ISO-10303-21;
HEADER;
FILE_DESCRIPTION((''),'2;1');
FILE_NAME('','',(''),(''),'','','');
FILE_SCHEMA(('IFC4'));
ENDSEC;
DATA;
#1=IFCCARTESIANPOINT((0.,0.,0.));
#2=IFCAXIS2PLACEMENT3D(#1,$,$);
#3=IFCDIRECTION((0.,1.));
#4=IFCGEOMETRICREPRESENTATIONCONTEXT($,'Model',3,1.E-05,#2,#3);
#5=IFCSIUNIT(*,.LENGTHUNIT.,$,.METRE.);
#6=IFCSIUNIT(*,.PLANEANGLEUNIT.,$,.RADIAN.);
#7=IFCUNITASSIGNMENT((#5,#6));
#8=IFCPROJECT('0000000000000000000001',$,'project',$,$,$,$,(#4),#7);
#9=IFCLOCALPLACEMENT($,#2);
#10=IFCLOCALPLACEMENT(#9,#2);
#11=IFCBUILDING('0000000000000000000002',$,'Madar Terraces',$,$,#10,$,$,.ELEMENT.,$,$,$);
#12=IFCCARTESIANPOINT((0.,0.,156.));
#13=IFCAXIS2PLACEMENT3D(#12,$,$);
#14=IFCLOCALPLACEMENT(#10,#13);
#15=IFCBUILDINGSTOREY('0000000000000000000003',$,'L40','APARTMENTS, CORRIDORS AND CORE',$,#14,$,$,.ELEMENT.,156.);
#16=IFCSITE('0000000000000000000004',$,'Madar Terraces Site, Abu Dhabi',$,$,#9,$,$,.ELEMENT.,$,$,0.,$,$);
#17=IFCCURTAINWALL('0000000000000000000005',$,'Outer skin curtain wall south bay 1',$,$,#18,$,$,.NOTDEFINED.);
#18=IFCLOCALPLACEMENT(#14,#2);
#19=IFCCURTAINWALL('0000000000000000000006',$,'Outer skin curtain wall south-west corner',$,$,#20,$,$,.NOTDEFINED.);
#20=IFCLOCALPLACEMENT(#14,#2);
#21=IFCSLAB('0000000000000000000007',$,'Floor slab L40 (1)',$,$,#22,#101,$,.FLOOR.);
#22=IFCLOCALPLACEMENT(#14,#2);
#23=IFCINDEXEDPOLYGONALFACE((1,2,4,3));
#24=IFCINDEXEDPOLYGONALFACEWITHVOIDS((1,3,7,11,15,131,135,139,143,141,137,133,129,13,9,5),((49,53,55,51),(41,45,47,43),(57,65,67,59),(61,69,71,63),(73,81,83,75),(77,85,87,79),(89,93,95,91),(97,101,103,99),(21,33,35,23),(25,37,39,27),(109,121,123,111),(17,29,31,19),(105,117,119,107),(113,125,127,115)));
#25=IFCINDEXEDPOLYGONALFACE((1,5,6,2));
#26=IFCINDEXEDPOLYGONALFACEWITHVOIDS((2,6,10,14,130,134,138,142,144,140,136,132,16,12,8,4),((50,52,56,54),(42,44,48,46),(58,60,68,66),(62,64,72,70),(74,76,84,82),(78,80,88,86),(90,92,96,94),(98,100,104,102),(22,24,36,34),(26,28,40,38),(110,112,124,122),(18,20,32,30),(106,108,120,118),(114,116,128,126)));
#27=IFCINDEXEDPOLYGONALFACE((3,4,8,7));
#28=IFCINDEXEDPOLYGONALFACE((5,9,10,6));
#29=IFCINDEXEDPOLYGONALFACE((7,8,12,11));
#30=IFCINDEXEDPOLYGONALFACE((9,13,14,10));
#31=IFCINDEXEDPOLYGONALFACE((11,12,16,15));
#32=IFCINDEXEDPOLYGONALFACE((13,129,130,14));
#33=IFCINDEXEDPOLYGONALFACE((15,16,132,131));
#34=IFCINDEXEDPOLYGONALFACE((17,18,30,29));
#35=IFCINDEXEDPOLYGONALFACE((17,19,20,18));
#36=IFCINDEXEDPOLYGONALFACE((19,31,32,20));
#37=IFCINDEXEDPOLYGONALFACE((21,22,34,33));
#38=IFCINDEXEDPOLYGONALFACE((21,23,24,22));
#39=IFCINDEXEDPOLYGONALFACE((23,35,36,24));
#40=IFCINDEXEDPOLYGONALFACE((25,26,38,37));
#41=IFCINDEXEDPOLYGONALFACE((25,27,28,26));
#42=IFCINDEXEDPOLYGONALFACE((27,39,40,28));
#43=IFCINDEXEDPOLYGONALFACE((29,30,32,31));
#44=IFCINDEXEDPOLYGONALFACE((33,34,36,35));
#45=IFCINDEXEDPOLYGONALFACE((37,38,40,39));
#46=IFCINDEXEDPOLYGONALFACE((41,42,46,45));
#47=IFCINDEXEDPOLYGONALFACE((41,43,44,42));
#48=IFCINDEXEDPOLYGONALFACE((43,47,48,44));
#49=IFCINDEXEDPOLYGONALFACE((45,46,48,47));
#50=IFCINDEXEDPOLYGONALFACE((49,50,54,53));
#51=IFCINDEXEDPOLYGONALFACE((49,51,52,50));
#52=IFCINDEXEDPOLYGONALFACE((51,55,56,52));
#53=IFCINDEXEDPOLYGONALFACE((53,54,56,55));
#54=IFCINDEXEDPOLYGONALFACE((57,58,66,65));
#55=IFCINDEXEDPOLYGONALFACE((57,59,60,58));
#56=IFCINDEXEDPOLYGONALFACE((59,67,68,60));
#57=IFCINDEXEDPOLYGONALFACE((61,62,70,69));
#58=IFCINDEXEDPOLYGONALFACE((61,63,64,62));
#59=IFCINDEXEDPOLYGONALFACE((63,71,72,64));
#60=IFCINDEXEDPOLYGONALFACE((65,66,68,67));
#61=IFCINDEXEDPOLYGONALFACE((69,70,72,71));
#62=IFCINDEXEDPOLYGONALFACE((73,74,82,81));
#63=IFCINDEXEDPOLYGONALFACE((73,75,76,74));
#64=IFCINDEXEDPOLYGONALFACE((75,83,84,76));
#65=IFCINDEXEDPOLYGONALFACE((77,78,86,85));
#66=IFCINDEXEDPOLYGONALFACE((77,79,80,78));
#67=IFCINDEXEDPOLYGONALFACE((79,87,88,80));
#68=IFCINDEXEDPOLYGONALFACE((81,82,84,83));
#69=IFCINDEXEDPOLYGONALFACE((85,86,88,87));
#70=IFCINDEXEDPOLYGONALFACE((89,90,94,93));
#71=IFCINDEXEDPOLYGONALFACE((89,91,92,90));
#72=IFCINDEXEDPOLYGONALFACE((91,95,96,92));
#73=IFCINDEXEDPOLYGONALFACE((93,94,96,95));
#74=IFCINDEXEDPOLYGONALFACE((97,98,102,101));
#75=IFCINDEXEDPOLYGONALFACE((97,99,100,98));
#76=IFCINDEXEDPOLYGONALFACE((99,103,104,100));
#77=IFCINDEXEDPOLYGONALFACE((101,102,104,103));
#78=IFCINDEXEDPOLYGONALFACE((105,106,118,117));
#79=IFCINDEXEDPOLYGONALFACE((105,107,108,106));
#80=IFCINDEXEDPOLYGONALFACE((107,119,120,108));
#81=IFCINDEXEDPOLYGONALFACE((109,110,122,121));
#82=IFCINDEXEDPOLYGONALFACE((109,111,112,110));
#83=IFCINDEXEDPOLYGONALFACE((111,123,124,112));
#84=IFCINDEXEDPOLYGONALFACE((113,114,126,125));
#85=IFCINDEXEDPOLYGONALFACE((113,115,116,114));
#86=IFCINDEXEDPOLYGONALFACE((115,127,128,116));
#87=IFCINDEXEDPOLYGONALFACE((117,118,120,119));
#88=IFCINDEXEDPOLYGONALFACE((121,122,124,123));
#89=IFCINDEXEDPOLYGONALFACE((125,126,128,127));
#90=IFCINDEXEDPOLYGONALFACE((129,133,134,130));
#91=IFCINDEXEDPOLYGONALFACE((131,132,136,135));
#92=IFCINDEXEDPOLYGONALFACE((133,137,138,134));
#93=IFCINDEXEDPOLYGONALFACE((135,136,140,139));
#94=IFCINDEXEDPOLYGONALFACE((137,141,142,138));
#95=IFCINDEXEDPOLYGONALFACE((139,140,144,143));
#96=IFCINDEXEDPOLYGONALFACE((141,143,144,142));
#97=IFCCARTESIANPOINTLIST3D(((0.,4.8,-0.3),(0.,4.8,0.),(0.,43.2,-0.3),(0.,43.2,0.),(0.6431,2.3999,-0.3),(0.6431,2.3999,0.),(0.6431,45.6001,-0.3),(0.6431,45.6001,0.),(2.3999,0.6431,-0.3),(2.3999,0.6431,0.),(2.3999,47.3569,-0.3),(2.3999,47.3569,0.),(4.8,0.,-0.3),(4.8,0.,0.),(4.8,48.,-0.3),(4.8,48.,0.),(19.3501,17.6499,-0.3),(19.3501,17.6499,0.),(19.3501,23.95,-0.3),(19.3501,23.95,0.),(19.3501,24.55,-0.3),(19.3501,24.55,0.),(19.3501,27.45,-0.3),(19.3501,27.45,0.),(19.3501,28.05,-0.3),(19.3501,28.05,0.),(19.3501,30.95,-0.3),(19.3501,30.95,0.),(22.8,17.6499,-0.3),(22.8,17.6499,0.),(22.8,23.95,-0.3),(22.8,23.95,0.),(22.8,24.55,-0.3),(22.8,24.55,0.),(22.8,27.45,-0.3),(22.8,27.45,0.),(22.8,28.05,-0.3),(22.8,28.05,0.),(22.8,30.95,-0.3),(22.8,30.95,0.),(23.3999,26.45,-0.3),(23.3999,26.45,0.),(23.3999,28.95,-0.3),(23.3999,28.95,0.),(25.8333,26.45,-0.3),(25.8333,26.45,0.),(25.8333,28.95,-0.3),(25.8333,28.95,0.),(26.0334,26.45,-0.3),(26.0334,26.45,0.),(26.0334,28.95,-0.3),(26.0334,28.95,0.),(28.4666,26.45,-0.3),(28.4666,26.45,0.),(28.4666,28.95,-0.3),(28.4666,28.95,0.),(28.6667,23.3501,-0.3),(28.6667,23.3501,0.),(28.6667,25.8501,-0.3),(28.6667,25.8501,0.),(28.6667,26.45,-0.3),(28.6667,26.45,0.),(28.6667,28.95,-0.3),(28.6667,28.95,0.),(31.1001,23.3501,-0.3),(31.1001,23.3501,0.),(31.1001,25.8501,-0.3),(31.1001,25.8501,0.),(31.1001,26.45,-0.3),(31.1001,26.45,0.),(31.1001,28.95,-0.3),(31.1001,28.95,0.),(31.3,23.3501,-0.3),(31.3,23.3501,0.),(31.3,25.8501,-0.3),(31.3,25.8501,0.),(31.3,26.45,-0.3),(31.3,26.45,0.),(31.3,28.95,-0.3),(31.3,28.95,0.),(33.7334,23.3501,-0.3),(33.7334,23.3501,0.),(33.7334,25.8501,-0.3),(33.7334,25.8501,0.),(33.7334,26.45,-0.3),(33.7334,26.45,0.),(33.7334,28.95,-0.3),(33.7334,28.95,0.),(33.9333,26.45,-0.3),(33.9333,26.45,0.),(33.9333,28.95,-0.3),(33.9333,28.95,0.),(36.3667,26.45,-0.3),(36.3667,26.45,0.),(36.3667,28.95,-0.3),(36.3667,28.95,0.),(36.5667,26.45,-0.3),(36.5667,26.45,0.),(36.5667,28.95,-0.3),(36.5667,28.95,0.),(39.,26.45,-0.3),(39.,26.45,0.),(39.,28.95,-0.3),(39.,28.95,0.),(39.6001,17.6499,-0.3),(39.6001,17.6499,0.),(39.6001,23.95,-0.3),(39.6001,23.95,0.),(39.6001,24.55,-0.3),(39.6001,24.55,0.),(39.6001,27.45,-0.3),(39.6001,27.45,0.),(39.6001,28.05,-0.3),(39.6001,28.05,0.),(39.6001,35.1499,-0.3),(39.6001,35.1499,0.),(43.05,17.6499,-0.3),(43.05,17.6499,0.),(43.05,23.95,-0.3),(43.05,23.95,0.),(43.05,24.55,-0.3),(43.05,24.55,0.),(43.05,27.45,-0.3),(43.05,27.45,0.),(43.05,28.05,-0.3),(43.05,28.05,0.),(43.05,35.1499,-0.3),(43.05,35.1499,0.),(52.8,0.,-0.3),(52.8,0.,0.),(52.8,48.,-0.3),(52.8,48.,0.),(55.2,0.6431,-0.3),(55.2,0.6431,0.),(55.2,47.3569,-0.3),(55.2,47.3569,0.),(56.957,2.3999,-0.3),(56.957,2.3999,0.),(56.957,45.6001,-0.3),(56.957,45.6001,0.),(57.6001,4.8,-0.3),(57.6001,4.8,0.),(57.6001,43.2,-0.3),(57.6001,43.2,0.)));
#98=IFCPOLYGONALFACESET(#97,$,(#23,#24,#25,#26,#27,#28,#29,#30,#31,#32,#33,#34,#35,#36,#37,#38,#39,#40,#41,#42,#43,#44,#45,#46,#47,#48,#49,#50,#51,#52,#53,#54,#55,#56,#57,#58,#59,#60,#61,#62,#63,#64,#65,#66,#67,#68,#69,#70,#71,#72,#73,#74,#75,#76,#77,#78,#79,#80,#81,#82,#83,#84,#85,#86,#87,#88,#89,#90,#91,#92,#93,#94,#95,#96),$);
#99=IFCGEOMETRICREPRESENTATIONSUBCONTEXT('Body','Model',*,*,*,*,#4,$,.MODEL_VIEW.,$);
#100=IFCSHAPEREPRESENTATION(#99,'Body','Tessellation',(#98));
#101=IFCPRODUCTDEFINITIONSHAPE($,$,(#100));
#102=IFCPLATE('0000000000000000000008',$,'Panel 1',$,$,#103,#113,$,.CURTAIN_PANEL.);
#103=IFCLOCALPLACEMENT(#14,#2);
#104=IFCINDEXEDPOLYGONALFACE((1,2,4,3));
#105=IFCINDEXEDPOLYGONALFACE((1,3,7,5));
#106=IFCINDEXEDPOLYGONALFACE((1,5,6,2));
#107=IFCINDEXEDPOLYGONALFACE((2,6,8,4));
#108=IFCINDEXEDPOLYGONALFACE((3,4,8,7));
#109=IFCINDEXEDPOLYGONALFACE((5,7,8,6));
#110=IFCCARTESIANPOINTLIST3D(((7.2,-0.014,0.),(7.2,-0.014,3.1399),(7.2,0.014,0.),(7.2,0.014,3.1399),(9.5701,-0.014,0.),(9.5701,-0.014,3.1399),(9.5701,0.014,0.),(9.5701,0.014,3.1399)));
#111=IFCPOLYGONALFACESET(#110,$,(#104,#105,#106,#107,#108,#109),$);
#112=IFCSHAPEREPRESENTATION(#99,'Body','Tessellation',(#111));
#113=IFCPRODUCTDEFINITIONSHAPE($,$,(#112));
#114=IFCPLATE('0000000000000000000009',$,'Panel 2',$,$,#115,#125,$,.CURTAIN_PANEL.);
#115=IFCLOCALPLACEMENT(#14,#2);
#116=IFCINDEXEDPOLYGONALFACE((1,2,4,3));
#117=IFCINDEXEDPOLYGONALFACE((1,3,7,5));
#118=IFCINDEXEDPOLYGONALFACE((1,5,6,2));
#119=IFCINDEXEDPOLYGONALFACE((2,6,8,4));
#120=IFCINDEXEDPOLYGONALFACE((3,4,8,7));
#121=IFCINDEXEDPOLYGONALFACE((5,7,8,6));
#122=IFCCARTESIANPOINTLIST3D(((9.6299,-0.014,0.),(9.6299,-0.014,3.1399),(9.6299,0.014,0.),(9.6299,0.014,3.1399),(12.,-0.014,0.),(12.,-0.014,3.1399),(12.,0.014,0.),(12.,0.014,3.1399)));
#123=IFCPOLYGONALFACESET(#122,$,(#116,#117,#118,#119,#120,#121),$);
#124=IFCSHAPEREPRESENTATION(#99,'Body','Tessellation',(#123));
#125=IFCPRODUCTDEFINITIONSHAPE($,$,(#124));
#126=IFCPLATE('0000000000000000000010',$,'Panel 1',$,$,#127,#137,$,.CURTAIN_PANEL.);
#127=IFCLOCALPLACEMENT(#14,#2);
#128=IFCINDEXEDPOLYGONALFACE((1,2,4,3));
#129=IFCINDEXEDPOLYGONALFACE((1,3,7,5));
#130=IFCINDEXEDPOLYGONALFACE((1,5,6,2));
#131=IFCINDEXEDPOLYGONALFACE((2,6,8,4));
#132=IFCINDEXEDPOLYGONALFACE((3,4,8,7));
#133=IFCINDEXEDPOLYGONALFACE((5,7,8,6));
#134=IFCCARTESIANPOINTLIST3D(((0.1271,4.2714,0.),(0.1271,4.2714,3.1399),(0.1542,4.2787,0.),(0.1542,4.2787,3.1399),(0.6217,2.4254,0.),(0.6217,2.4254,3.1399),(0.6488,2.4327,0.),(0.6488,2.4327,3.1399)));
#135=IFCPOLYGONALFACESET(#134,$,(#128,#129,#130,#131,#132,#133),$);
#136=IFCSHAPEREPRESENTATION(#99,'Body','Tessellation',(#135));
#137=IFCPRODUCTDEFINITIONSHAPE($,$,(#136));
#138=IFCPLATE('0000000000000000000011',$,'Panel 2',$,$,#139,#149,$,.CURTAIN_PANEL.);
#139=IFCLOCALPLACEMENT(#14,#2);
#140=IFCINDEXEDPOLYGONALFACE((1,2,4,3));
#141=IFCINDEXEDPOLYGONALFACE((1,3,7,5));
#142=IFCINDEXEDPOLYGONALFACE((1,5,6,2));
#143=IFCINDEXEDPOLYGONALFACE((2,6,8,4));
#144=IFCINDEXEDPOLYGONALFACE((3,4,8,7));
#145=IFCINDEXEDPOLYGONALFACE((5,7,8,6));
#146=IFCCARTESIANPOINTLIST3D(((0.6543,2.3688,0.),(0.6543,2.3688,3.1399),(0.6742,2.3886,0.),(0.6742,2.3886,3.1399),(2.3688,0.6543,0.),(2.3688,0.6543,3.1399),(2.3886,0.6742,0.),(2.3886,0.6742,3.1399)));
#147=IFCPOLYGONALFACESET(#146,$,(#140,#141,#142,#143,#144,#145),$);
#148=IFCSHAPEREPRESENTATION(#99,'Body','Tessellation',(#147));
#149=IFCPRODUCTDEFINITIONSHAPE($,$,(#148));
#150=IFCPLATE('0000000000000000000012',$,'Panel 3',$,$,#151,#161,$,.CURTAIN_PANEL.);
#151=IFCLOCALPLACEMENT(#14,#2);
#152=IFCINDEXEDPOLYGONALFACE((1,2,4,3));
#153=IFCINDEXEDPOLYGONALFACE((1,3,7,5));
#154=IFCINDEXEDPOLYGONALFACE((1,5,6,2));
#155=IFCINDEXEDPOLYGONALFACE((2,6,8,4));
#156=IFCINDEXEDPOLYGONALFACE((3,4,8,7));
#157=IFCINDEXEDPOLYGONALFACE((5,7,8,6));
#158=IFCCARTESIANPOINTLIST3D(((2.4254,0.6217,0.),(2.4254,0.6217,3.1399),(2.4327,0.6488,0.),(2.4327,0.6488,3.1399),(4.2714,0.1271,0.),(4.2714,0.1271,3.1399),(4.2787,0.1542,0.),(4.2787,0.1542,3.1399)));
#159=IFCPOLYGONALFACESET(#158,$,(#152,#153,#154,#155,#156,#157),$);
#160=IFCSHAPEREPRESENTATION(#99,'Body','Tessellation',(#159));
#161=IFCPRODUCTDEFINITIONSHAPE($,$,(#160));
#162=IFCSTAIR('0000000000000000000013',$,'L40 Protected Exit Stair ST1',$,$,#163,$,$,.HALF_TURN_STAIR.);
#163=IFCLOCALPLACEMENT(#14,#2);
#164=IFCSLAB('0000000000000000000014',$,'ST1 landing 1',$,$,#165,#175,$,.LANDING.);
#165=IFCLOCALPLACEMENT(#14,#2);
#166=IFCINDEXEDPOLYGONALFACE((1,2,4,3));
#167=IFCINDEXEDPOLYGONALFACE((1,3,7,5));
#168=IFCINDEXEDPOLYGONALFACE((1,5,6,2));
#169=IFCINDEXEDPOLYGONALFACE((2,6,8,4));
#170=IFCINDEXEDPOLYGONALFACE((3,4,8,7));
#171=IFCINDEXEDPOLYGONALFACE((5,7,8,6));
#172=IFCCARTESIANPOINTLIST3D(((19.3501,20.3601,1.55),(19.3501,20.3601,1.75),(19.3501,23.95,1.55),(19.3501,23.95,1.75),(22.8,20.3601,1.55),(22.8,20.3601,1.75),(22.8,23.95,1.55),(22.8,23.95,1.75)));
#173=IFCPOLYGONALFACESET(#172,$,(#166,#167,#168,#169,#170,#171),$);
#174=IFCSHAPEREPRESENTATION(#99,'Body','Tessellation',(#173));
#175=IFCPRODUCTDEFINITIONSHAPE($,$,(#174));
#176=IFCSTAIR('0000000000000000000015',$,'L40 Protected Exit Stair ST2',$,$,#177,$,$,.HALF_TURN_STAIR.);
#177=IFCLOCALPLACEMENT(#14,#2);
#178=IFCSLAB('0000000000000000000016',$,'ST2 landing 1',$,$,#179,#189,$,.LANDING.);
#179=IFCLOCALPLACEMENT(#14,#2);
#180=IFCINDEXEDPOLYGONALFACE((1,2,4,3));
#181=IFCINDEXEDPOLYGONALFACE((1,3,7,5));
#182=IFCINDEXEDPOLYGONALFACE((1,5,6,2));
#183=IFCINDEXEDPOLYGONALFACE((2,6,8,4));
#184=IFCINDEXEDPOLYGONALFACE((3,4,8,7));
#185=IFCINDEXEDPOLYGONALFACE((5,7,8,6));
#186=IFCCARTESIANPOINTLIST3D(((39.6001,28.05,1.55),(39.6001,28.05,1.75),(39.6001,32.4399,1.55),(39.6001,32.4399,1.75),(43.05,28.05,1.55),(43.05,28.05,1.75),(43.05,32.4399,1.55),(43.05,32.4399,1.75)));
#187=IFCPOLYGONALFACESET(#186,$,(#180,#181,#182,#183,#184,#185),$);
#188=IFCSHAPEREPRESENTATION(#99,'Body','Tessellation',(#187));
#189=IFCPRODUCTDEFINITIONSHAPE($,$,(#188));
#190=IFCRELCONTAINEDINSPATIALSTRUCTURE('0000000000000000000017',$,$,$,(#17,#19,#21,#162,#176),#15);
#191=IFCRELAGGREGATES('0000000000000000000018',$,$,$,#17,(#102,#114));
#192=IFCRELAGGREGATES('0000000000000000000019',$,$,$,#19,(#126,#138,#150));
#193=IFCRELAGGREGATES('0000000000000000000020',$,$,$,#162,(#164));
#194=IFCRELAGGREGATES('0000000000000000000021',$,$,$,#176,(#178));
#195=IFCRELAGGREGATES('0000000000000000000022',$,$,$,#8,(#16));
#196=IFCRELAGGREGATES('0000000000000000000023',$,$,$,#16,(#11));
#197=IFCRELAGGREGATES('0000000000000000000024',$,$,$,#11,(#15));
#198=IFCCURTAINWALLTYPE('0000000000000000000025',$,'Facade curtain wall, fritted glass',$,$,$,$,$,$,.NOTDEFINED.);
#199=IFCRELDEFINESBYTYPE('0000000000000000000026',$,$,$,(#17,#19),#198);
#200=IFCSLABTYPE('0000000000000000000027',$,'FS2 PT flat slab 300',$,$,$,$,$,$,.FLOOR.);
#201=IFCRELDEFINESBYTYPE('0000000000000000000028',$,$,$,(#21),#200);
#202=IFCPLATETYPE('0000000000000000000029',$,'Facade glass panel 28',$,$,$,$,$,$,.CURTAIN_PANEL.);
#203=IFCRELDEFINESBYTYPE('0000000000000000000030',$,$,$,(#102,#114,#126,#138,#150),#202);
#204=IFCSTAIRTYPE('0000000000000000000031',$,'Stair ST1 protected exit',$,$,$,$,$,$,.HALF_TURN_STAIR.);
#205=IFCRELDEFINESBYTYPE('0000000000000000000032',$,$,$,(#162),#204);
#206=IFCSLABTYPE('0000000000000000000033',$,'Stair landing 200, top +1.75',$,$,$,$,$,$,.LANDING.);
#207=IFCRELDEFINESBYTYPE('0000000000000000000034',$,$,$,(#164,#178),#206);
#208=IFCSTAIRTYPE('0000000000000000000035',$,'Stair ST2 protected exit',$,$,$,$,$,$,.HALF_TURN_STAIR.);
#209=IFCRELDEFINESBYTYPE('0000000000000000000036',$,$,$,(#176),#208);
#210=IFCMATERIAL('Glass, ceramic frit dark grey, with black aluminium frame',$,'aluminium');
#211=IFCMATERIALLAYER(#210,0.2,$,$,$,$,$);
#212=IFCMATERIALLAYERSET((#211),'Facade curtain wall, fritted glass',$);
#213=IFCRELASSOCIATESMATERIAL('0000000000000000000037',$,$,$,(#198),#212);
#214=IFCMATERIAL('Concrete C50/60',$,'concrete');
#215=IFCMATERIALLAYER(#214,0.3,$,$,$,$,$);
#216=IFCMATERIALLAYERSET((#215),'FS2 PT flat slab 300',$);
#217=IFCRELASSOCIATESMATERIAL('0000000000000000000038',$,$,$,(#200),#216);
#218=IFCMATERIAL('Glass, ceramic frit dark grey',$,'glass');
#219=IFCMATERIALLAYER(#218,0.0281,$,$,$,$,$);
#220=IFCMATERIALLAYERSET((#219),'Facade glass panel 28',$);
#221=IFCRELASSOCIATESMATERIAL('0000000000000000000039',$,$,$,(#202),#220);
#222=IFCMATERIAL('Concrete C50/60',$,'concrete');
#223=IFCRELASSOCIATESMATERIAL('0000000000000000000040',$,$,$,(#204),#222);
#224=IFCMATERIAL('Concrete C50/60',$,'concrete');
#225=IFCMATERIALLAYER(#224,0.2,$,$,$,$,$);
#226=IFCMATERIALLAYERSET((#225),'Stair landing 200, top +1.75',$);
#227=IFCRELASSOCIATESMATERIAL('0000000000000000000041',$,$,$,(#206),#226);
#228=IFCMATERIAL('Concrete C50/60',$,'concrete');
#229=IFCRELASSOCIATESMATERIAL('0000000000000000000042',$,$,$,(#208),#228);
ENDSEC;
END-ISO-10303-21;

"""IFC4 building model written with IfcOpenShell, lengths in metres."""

from ifc_helpers import new_model, si_unit, direction, frame, origin, origin_2d, place, context, subcontext, project, spatial, polyline, rectangle, outline, extrude, material, layer, layer_set, type_object, element, aggregate, save


model = new_model("IFC4")

# Units and contexts
model_context = context("Model", 3, precision=1e-05, world=origin(), true_north=direction((0.0, 1.0)))
body_context = subcontext(model_context, "Body", "Model", "MODEL_VIEW")
ifc_project = project(units=[si_unit("LENGTHUNIT", "METRE"), si_unit("PLANEANGLEUNIT", "RADIAN")], contexts=[model_context])

# Site, building, storey
site_placement = place(None, origin())
site = spatial("IfcSite", under=ifc_project, at=site_placement, Name="Madar Terraces Site, Abu Dhabi", CompositionType="ELEMENT", RefElevation=0.0)
building_placement = place(site_placement, origin())
building = spatial("IfcBuilding", under=site, at=building_placement, Name="Madar Terraces", CompositionType="ELEMENT")
storey_placement = place(building_placement, frame((0.0, 0.0, 156.0)))
storey = spatial("IfcBuildingStorey", under=building, at=storey_placement, Name="L40", Description="APARTMENTS, CORRIDORS AND CORE", CompositionType="ELEMENT", Elevation=156.0)

# Curtain wall
ifc_material_1 = material(Name="Glass, ceramic frit dark grey, with black aluminium frame", Category="aluminium")
ifc_layer_1 = layer(ifc_material_1, 0.2)
ifc_layer_set_1 = layer_set([ifc_layer_1], Name="Facade curtain wall, fritted glass")
curtain_wall_type = type_object("IfcCurtainWallType", Name="Facade curtain wall, fritted glass", PredefinedType="NOTDEFINED", material=ifc_layer_set_1)
curtain_wall_1_placement = place(storey_placement, origin())
curtain_wall_1 = element("IfcCurtainWall", 1, at=curtain_wall_1_placement, inside=storey, type_object=curtain_wall_type, Name="Outer skin curtain wall south bay 1", PredefinedType="NOTDEFINED")

# Curtain wall
curtain_wall_2_placement = place(storey_placement, origin())
curtain_wall_2 = element("IfcCurtainWall", 2, at=curtain_wall_2_placement, inside=storey, type_object=curtain_wall_type, Name="Outer skin curtain wall south-west corner", PredefinedType="NOTDEFINED")

# Slab
ifc_material_2 = material(Name="Concrete C50/60", Category="concrete")
ifc_layer_2 = layer(ifc_material_2, 0.3)
ifc_layer_set_2 = layer_set([ifc_layer_2], Name="FS2 PT flat slab 300")
slab_type_1 = type_object("IfcSlabType", Name="FS2 PT flat slab 300", PredefinedType="FLOOR", material=ifc_layer_set_2)
slab_1_placement = place(storey_placement, frame((0.0, 0.0, -0.3)))
element("IfcSlab", 3, at=slab_1_placement, inside=storey, type_object=slab_type_1, Name="Floor slab L40 (1)", PredefinedType="FLOOR", context=body_context, shape_type="SweptSolid", body=[
    extrude(outline(polyline([(52.8, 0.0), (55.2, 0.6431), (56.957, 2.3999), (57.6001, 4.8), (57.6001, 43.2), (56.957, 45.6001), (55.2, 47.3569), (52.8, 48.0), (4.8, 48.0), (2.3999, 47.3569), (0.6431, 45.6001), (0.0, 43.2), (0.0, 4.8), (0.6431, 2.3999), (2.3999, 0.6431), (4.8, 0.0), (52.8, 0.0)]), holes=[polyline([(22.8, 17.6499), (19.3501, 17.6499), (19.3501, 23.95), (22.8, 23.95), (22.8, 17.6499)]), polyline([(28.6667, 23.3501), (28.6667, 25.8501), (31.1001, 25.8501), (31.1001, 23.3501), (28.6667, 23.3501)]), polyline([(19.3501, 24.55), (19.3501, 27.45), (22.8, 27.45), (22.8, 24.55), (19.3501, 24.55)]), polyline([(23.3999, 26.45), (23.3999, 28.95), (25.8333, 28.95), (25.8333, 26.45), (23.3999, 26.45)]), polyline([(26.0334, 26.45), (26.0334, 28.95), (28.4666, 28.95), (28.4666, 26.45), (26.0334, 26.45)]), polyline([(28.6667, 26.45), (28.6667, 28.95), (31.1001, 28.95), (31.1001, 26.45), (28.6667, 26.45)]), polyline([(19.3501, 28.05), (19.3501, 30.95), (22.8, 30.95), (22.8, 28.05), (19.3501, 28.05)]), polyline([(43.05, 17.6499), (39.6001, 17.6499), (39.6001, 23.95), (43.05, 23.95), (43.05, 17.6499)]), polyline([(31.3, 23.3501), (31.3, 25.8501), (33.7334, 25.8501), (33.7334, 23.3501), (31.3, 23.3501)]), polyline([(39.6001, 24.55), (39.6001, 27.45), (43.05, 27.45), (43.05, 24.55), (39.6001, 24.55)]), polyline([(31.3, 26.45), (31.3, 28.95), (33.7334, 28.95), (33.7334, 26.45), (31.3, 26.45)]), polyline([(33.9333, 26.45), (33.9333, 28.95), (36.3667, 28.95), (36.3667, 26.45), (33.9333, 26.45)]), polyline([(36.5667, 26.45), (36.5667, 28.95), (39.0, 28.95), (39.0, 26.45), (36.5667, 26.45)]), polyline([(39.6001, 28.05), (39.6001, 35.1499), (43.05, 35.1499), (43.05, 28.05), (39.6001, 28.05)])]), origin(), (0.0, 0.0, 1.0), 0.3),
])

# Plates
ifc_material_3 = material(Name="Glass, ceramic frit dark grey", Category="glass")
ifc_layer_3 = layer(ifc_material_3, 0.0281)
ifc_layer_set_3 = layer_set([ifc_layer_3], Name="Facade glass panel 28")
plate_type = type_object("IfcPlateType", Name="Facade glass panel 28", PredefinedType="CURTAIN_PANEL", material=ifc_layer_set_3)
plate_1_placement = place(storey_placement, frame((8.385, 0.0, 0.0), z_axis=(0.0, 0.0, 1.0), x_axis=(1.0, 0.0, 0.0)))
plate_1 = element("IfcPlate", 4, at=plate_1_placement, type_object=plate_type, Name="Panel 1", PredefinedType="CURTAIN_PANEL", context=body_context, shape_type="SweptSolid", body=[
    extrude(rectangle(XDim=2.3701, YDim=0.0281, at=origin_2d()), origin(), (0.0, 0.0, 1.0), 3.1399),
])
plate_2_placement = place(storey_placement, frame((10.8149, 0.0, 0.0), z_axis=(0.0, 0.0, 1.0), x_axis=(1.0, 0.0, 0.0)))
plate_2 = element("IfcPlate", 5, at=plate_2_placement, type_object=plate_type, Name="Panel 2", PredefinedType="CURTAIN_PANEL", context=body_context, shape_type="SweptSolid", body=[
    extrude(rectangle(XDim=2.3701, YDim=0.0281, at=origin_2d()), origin(), (0.0, 0.0, 1.0), 3.1399),
])
aggregate(curtain_wall_1, [plate_1, plate_2])
plate_3_placement = place(storey_placement, frame((0.3879, 3.3521, 0.0), z_axis=(0.0, 0.0, 1.0), x_axis=(0.258819, -0.965926, 0.0)))
plate_3 = element("IfcPlate", 6, at=plate_3_placement, type_object=plate_type, Name="Panel 1", PredefinedType="CURTAIN_PANEL", context=body_context, shape_type="SweptSolid", body=[
    extrude(rectangle(XDim=1.9111, YDim=0.0281, at=origin_2d()), origin(), (0.0, 0.0, 1.0), 3.1399),
])
plate_4_placement = place(storey_placement, frame((1.5215, 1.5215, 0.0), z_axis=(0.0, 0.0, 1.0), x_axis=(0.707107, -0.707107, 0.0)))
plate_4 = element("IfcPlate", 7, at=plate_4_placement, type_object=plate_type, Name="Panel 2", PredefinedType="CURTAIN_PANEL", context=body_context, shape_type="SweptSolid", body=[
    extrude(rectangle(XDim=2.4246, YDim=0.0281, at=origin_2d()), origin(), (0.0, 0.0, 1.0), 3.1399),
])
plate_5_placement = place(storey_placement, frame((3.3521, 0.3879, 0.0), z_axis=(0.0, 0.0, 1.0), x_axis=(0.965926, -0.258819, 0.0)))
plate_5 = element("IfcPlate", 8, at=plate_5_placement, type_object=plate_type, Name="Panel 3", PredefinedType="CURTAIN_PANEL", context=body_context, shape_type="SweptSolid", body=[
    extrude(rectangle(XDim=1.9111, YDim=0.0281, at=origin_2d()), origin(), (0.0, 0.0, 1.0), 3.1399),
])
aggregate(curtain_wall_2, [plate_3, plate_4, plate_5])

# Stairs, slabs
ifc_material_4 = material(Name="Concrete C50/60", Category="concrete")
stair_type_1 = type_object("IfcStairType", Name="Stair ST1 protected exit", PredefinedType="HALF_TURN_STAIR", material=ifc_material_4)
stair_1_placement = place(storey_placement, origin())
stair_1 = element("IfcStair", 9, at=stair_1_placement, inside=storey, type_object=stair_type_1, Name="L40 Protected Exit Stair ST1", PredefinedType="HALF_TURN_STAIR")
ifc_material_5 = material(Name="Concrete C50/60", Category="concrete")
ifc_layer_4 = layer(ifc_material_5, 0.2)
ifc_layer_set_4 = layer_set([ifc_layer_4], Name="Stair landing 200, top +1.75")
slab_type_2 = type_object("IfcSlabType", Name="Stair landing 200, top +1.75", PredefinedType="LANDING", material=ifc_layer_set_4)
slab_2_placement = place(storey_placement, frame((0.0, 0.0, 1.55)))
slab_2 = element("IfcSlab", 10, at=slab_2_placement, type_object=slab_type_2, Name="ST1 landing 1", PredefinedType="LANDING", context=body_context, shape_type="SweptSolid", body=[
    extrude(outline(polyline([(19.3501, 20.3601), (22.8, 20.3601), (22.8, 23.95), (19.3501, 23.95), (19.3501, 20.3601)])), origin(), (0.0, 0.0, 1.0), 0.2),
])
aggregate(stair_1, [slab_2])
ifc_material_6 = material(Name="Concrete C50/60", Category="concrete")
stair_type_2 = type_object("IfcStairType", Name="Stair ST2 protected exit", PredefinedType="HALF_TURN_STAIR", material=ifc_material_6)
stair_2_placement = place(storey_placement, origin())
stair_2 = element("IfcStair", 11, at=stair_2_placement, inside=storey, type_object=stair_type_2, Name="L40 Protected Exit Stair ST2", PredefinedType="HALF_TURN_STAIR")
slab_3_placement = place(storey_placement, frame((0.0, 0.0, 1.55)))
slab_3 = element("IfcSlab", 12, at=slab_3_placement, type_object=slab_type_2, Name="ST2 landing 1", PredefinedType="LANDING", context=body_context, shape_type="SweptSolid", body=[
    extrude(outline(polyline([(39.6001, 28.05), (43.05, 28.05), (43.05, 32.4399), (39.6001, 32.4399), (39.6001, 28.05)])), origin(), (0.0, 0.0, 1.0), 0.2),
])
aggregate(stair_2, [slab_3])

save(model, "model.ifc")
